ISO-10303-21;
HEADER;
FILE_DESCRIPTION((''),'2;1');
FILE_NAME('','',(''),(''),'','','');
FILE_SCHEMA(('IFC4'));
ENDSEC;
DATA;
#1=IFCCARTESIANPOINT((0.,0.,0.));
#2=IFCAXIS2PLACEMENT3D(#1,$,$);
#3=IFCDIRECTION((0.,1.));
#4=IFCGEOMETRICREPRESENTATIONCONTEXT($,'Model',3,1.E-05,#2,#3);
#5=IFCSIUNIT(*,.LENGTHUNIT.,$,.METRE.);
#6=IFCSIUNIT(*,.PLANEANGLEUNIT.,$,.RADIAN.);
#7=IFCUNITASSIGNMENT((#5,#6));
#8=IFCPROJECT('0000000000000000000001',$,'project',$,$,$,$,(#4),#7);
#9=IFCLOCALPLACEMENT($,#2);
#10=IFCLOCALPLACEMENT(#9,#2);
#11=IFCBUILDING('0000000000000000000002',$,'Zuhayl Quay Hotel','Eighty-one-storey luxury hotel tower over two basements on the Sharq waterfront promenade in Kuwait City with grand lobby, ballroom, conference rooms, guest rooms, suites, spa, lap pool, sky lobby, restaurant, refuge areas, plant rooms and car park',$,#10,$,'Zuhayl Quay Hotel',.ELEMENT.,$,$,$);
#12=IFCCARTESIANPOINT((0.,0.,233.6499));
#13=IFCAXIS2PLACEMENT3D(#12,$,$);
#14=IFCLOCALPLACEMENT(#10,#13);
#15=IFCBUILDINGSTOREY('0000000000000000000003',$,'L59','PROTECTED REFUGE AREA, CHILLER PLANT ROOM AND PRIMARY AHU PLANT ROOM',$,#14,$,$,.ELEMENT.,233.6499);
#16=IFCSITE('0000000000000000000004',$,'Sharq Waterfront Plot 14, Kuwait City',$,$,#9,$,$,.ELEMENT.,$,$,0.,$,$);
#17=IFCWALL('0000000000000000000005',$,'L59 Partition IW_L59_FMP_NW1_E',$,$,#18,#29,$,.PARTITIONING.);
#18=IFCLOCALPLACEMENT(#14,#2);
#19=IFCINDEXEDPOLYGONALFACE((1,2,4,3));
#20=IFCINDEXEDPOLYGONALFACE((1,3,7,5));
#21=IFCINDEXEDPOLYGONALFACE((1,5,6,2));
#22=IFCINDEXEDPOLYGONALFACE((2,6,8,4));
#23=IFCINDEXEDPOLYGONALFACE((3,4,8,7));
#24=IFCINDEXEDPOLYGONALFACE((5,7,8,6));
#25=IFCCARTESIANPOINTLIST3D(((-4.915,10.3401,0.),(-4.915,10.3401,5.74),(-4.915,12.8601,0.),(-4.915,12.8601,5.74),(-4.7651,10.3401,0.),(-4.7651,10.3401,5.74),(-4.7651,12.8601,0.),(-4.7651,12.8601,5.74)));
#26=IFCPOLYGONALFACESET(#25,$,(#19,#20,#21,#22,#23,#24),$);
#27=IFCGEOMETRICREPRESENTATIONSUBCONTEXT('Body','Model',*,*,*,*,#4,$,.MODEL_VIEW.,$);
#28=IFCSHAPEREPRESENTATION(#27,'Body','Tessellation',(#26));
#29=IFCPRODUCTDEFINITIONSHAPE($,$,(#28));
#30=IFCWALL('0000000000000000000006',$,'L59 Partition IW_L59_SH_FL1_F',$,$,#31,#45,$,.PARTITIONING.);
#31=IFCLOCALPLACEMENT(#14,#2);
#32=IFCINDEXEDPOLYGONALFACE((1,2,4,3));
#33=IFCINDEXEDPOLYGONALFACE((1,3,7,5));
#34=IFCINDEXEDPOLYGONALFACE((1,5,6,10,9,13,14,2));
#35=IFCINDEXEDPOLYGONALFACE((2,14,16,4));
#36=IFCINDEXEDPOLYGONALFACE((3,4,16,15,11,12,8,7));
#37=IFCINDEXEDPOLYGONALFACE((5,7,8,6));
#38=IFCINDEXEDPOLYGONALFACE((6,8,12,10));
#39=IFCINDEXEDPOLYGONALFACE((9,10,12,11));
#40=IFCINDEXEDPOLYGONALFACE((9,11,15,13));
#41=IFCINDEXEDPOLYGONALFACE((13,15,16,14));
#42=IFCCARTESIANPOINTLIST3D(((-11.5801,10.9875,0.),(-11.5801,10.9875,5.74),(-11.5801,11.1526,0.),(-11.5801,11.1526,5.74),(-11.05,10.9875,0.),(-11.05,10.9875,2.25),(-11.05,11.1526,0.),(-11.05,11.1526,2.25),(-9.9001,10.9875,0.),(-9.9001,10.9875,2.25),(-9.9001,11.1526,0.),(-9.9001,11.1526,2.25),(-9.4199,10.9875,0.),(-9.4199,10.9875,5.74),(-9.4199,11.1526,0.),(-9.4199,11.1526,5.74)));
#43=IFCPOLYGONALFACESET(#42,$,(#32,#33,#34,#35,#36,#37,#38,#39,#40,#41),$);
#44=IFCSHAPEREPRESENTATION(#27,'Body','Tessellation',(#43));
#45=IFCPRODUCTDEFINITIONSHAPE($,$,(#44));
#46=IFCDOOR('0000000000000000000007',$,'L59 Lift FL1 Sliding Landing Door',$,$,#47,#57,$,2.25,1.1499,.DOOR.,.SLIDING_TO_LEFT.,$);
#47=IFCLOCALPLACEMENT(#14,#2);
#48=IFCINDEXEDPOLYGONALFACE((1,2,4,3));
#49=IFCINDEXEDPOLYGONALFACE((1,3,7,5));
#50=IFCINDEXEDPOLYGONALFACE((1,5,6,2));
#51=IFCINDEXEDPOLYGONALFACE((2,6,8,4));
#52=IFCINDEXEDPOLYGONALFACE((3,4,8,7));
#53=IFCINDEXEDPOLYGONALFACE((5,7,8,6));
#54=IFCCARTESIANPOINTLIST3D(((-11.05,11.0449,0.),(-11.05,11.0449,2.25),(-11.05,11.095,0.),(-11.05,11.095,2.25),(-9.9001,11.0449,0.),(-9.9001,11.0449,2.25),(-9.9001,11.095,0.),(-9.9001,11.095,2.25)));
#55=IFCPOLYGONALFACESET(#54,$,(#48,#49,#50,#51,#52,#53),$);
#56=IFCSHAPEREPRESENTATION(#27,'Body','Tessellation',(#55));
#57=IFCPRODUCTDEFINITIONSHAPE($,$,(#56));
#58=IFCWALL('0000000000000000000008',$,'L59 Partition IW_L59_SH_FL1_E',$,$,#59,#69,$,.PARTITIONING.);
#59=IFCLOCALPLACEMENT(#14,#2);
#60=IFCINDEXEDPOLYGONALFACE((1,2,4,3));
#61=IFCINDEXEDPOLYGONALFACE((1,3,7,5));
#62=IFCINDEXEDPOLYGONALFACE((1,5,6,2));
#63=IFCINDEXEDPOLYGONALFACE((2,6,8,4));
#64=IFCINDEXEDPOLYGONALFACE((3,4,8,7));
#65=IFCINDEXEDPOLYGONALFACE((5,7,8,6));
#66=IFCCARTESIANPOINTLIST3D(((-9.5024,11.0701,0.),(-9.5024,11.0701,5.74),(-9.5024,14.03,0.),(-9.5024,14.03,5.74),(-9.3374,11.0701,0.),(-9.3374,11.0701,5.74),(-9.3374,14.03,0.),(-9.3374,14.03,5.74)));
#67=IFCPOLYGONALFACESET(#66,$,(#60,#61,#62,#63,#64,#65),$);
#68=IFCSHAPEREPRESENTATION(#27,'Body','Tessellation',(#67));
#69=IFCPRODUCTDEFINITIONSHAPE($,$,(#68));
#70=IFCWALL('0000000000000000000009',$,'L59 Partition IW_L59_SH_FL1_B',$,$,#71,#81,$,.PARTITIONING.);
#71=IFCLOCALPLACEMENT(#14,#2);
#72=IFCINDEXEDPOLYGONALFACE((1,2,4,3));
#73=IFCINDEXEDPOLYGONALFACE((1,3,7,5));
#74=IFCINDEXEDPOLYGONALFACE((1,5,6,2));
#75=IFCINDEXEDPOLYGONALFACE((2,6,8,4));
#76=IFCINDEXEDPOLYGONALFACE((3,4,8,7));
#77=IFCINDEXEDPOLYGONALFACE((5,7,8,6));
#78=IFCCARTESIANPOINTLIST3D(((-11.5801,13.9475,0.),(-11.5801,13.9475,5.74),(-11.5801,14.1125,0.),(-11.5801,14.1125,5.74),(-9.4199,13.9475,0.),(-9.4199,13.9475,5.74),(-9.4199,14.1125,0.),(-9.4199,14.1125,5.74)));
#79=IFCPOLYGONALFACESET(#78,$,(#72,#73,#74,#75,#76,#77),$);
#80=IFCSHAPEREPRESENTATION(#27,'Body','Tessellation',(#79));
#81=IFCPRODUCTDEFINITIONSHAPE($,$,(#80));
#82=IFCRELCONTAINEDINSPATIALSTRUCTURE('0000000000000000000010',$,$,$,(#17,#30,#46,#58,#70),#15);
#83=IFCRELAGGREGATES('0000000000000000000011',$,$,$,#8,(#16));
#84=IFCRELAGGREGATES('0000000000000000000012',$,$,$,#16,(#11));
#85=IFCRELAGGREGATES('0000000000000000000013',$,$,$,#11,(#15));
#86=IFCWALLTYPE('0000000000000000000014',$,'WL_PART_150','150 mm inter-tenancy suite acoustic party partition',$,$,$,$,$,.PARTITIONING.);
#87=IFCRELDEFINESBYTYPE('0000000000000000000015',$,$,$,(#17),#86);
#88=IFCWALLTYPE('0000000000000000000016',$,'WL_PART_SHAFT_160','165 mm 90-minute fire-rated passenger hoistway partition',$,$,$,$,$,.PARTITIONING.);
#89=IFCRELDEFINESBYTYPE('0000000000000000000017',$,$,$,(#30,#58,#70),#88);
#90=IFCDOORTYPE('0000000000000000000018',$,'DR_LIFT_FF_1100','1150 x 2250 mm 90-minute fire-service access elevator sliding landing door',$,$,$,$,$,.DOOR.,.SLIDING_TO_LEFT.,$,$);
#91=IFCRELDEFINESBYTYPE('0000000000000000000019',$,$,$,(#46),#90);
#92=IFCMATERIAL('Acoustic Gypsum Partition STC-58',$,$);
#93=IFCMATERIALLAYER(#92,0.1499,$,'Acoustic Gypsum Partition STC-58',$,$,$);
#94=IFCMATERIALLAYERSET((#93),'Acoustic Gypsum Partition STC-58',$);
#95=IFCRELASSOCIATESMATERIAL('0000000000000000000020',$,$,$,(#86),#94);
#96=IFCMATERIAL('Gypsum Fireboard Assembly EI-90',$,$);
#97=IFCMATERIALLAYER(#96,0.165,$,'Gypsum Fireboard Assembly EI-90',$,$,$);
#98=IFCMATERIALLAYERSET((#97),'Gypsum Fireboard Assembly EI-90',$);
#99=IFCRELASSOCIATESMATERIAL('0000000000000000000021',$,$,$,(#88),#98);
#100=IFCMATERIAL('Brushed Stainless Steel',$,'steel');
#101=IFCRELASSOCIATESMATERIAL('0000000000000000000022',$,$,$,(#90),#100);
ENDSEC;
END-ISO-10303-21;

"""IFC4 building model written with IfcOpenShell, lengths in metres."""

from ifc_helpers import new_model, si_unit, direction, frame, frame_2d, origin, place, context, subcontext, project, spatial, rectangle, extrude, material, layer, layer_set, type_object, element, fill, save


model = new_model("IFC4")

# Units and contexts
model_context = context("Model", 3, precision=1e-05, world=origin(), true_north=direction((0.0, 1.0)))
body_context = subcontext(model_context, "Body", "Model", "MODEL_VIEW")
ifc_project = project(units=[si_unit("LENGTHUNIT", "METRE"), si_unit("PLANEANGLEUNIT", "RADIAN")], contexts=[model_context])

# Site, building, storey
site_placement = place(None, origin())
site = spatial("IfcSite", under=ifc_project, at=site_placement, Name="Sharq Waterfront Plot 14, Kuwait City", CompositionType="ELEMENT", RefElevation=0.0)
building_placement = place(site_placement, origin())
building = spatial("IfcBuilding", under=site, at=building_placement, Name="Zuhayl Quay Hotel", Description="Eighty-one-storey luxury hotel tower over two basements on the Sharq waterfront promenade in Kuwait City with grand lobby, ballroom, conference rooms, guest rooms, suites, spa, lap pool, sky lobby, restaurant, refuge areas, plant rooms and car park", LongName="Zuhayl Quay Hotel", CompositionType="ELEMENT")
storey_placement = place(building_placement, frame((0.0, 0.0, 233.6499)))
storey = spatial("IfcBuildingStorey", under=building, at=storey_placement, Name="L59", Description="PROTECTED REFUGE AREA, CHILLER PLANT ROOM AND PRIMARY AHU PLANT ROOM", CompositionType="ELEMENT", Elevation=233.6499)

# Shared definitions
ifc_material_1 = material(Name="Acoustic Gypsum Partition STC-58")
ifc_layer_1 = layer(ifc_material_1, 0.1499, Name="Acoustic Gypsum Partition STC-58")
ifc_layer_set_1 = layer_set([ifc_layer_1], Name="Acoustic Gypsum Partition STC-58")
wall_type_1 = type_object("IfcWallType", Name="WL_PART_150", Description="150 mm inter-tenancy suite acoustic party partition", PredefinedType="PARTITIONING", material=ifc_layer_set_1)

# Wall
wall_1_placement = place(storey_placement, frame((-4.8401, 10.3401, 0.0), z_axis=(0.0, 0.0, 1.0), x_axis=(0.0, 1.0, 0.0)))
element("IfcWall", 1, at=wall_1_placement, inside=storey, type_object=wall_type_1, Name="L59 Partition IW_L59_FMP_NW1_E", PredefinedType="PARTITIONING", context=body_context, shape_type="SweptSolid", body=[
    extrude(rectangle(XDim=2.52, YDim=0.1499, at=frame_2d((1.26, 0.0))), origin(), (0.0, 0.0, 1.0), 5.74),
])

# Wall, opening, door
ifc_material_2 = material(Name="Gypsum Fireboard Assembly EI-90")
ifc_layer_2 = layer(ifc_material_2, 0.165, Name="Gypsum Fireboard Assembly EI-90")
ifc_layer_set_2 = layer_set([ifc_layer_2], Name="Gypsum Fireboard Assembly EI-90")
wall_type_2 = type_object("IfcWallType", Name="WL_PART_SHAFT_160", Description="165 mm 90-minute fire-rated passenger hoistway partition", PredefinedType="PARTITIONING", material=ifc_layer_set_2)
wall_2_placement = place(storey_placement, frame((-11.5801, 11.0701, 0.0), z_axis=(0.0, 0.0, 1.0), x_axis=(1.0, 0.0, 0.0)))
wall_2 = element("IfcWall", 2, at=wall_2_placement, inside=storey, type_object=wall_type_2, Name="L59 Partition IW_L59_SH_FL1_F", PredefinedType="PARTITIONING", context=body_context, shape_type="SweptSolid", body=[
    extrude(rectangle(XDim=2.1602, YDim=0.165, at=frame_2d((1.0801, 0.0))), origin(), (0.0, 0.0, 1.0), 5.74),
])
opening_1_placement = place(wall_2_placement, frame((0.53, 0.0, 0.0)))
opening_1 = element("IfcOpeningElement", 3, at=opening_1_placement, cuts=wall_2, PredefinedType="OPENING", context=body_context, shape_type="SweptSolid", body=[
    extrude(rectangle(XDim=1.1499, YDim=2.25, at=frame_2d((0.575, 1.125))), frame((0.0, 0.0925, 0.0), z_axis=(0.0, -1.0, 0.0), x_axis=(1.0, 0.0, 0.0)), (0.0, 0.0, 1.0), 0.1851),
])
ifc_material_3 = material(Name="Brushed Stainless Steel", Category="steel")
door_type_1 = type_object("IfcDoorType", Name="DR_LIFT_FF_1100", Description="1150 x 2250 mm 90-minute fire-service access elevator sliding landing door", OperationType="SLIDING_TO_LEFT", PredefinedType="DOOR", material=ifc_material_3)
door_1_placement = place(opening_1_placement, origin())
door_1 = element("IfcDoor", 4, at=door_1_placement, inside=storey, type_object=door_type_1, Name="L59 Lift FL1 Sliding Landing Door", OperationType="SLIDING_TO_LEFT", OverallHeight=2.25, OverallWidth=1.1499, PredefinedType="DOOR", context=body_context, shape_type="SweptSolid", body=[
    extrude(rectangle(XDim=1.1499, YDim=2.25, at=frame_2d((0.575, 1.125))), frame((0.0, 0.0249, 0.0), z_axis=(0.0, -1.0, 0.0), x_axis=(1.0, 0.0, 0.0)), (0.0, 0.0, 1.0), 0.05),
])
fill(opening_1, door_1)

# Walls
wall_3_placement = place(storey_placement, frame((-9.4199, 11.0701, 0.0), z_axis=(0.0, 0.0, 1.0), x_axis=(0.0, 1.0, 0.0)))
element("IfcWall", 5, at=wall_3_placement, inside=storey, type_object=wall_type_2, Name="L59 Partition IW_L59_SH_FL1_E", PredefinedType="PARTITIONING", context=body_context, shape_type="SweptSolid", body=[
    extrude(rectangle(XDim=2.96, YDim=0.165, at=frame_2d((1.48, 0.0))), origin(), (0.0, 0.0, 1.0), 5.74),
])
wall_4_placement = place(storey_placement, frame((-11.5801, 14.03, 0.0), z_axis=(0.0, 0.0, 1.0), x_axis=(1.0, 0.0, 0.0)))
element("IfcWall", 6, at=wall_4_placement, inside=storey, type_object=wall_type_2, Name="L59 Partition IW_L59_SH_FL1_B", PredefinedType="PARTITIONING", context=body_context, shape_type="SweptSolid", body=[
    extrude(rectangle(XDim=2.1602, YDim=0.165, at=frame_2d((1.0801, 0.0))), origin(), (0.0, 0.0, 1.0), 5.74),
])

save(model, "model.ifc")
